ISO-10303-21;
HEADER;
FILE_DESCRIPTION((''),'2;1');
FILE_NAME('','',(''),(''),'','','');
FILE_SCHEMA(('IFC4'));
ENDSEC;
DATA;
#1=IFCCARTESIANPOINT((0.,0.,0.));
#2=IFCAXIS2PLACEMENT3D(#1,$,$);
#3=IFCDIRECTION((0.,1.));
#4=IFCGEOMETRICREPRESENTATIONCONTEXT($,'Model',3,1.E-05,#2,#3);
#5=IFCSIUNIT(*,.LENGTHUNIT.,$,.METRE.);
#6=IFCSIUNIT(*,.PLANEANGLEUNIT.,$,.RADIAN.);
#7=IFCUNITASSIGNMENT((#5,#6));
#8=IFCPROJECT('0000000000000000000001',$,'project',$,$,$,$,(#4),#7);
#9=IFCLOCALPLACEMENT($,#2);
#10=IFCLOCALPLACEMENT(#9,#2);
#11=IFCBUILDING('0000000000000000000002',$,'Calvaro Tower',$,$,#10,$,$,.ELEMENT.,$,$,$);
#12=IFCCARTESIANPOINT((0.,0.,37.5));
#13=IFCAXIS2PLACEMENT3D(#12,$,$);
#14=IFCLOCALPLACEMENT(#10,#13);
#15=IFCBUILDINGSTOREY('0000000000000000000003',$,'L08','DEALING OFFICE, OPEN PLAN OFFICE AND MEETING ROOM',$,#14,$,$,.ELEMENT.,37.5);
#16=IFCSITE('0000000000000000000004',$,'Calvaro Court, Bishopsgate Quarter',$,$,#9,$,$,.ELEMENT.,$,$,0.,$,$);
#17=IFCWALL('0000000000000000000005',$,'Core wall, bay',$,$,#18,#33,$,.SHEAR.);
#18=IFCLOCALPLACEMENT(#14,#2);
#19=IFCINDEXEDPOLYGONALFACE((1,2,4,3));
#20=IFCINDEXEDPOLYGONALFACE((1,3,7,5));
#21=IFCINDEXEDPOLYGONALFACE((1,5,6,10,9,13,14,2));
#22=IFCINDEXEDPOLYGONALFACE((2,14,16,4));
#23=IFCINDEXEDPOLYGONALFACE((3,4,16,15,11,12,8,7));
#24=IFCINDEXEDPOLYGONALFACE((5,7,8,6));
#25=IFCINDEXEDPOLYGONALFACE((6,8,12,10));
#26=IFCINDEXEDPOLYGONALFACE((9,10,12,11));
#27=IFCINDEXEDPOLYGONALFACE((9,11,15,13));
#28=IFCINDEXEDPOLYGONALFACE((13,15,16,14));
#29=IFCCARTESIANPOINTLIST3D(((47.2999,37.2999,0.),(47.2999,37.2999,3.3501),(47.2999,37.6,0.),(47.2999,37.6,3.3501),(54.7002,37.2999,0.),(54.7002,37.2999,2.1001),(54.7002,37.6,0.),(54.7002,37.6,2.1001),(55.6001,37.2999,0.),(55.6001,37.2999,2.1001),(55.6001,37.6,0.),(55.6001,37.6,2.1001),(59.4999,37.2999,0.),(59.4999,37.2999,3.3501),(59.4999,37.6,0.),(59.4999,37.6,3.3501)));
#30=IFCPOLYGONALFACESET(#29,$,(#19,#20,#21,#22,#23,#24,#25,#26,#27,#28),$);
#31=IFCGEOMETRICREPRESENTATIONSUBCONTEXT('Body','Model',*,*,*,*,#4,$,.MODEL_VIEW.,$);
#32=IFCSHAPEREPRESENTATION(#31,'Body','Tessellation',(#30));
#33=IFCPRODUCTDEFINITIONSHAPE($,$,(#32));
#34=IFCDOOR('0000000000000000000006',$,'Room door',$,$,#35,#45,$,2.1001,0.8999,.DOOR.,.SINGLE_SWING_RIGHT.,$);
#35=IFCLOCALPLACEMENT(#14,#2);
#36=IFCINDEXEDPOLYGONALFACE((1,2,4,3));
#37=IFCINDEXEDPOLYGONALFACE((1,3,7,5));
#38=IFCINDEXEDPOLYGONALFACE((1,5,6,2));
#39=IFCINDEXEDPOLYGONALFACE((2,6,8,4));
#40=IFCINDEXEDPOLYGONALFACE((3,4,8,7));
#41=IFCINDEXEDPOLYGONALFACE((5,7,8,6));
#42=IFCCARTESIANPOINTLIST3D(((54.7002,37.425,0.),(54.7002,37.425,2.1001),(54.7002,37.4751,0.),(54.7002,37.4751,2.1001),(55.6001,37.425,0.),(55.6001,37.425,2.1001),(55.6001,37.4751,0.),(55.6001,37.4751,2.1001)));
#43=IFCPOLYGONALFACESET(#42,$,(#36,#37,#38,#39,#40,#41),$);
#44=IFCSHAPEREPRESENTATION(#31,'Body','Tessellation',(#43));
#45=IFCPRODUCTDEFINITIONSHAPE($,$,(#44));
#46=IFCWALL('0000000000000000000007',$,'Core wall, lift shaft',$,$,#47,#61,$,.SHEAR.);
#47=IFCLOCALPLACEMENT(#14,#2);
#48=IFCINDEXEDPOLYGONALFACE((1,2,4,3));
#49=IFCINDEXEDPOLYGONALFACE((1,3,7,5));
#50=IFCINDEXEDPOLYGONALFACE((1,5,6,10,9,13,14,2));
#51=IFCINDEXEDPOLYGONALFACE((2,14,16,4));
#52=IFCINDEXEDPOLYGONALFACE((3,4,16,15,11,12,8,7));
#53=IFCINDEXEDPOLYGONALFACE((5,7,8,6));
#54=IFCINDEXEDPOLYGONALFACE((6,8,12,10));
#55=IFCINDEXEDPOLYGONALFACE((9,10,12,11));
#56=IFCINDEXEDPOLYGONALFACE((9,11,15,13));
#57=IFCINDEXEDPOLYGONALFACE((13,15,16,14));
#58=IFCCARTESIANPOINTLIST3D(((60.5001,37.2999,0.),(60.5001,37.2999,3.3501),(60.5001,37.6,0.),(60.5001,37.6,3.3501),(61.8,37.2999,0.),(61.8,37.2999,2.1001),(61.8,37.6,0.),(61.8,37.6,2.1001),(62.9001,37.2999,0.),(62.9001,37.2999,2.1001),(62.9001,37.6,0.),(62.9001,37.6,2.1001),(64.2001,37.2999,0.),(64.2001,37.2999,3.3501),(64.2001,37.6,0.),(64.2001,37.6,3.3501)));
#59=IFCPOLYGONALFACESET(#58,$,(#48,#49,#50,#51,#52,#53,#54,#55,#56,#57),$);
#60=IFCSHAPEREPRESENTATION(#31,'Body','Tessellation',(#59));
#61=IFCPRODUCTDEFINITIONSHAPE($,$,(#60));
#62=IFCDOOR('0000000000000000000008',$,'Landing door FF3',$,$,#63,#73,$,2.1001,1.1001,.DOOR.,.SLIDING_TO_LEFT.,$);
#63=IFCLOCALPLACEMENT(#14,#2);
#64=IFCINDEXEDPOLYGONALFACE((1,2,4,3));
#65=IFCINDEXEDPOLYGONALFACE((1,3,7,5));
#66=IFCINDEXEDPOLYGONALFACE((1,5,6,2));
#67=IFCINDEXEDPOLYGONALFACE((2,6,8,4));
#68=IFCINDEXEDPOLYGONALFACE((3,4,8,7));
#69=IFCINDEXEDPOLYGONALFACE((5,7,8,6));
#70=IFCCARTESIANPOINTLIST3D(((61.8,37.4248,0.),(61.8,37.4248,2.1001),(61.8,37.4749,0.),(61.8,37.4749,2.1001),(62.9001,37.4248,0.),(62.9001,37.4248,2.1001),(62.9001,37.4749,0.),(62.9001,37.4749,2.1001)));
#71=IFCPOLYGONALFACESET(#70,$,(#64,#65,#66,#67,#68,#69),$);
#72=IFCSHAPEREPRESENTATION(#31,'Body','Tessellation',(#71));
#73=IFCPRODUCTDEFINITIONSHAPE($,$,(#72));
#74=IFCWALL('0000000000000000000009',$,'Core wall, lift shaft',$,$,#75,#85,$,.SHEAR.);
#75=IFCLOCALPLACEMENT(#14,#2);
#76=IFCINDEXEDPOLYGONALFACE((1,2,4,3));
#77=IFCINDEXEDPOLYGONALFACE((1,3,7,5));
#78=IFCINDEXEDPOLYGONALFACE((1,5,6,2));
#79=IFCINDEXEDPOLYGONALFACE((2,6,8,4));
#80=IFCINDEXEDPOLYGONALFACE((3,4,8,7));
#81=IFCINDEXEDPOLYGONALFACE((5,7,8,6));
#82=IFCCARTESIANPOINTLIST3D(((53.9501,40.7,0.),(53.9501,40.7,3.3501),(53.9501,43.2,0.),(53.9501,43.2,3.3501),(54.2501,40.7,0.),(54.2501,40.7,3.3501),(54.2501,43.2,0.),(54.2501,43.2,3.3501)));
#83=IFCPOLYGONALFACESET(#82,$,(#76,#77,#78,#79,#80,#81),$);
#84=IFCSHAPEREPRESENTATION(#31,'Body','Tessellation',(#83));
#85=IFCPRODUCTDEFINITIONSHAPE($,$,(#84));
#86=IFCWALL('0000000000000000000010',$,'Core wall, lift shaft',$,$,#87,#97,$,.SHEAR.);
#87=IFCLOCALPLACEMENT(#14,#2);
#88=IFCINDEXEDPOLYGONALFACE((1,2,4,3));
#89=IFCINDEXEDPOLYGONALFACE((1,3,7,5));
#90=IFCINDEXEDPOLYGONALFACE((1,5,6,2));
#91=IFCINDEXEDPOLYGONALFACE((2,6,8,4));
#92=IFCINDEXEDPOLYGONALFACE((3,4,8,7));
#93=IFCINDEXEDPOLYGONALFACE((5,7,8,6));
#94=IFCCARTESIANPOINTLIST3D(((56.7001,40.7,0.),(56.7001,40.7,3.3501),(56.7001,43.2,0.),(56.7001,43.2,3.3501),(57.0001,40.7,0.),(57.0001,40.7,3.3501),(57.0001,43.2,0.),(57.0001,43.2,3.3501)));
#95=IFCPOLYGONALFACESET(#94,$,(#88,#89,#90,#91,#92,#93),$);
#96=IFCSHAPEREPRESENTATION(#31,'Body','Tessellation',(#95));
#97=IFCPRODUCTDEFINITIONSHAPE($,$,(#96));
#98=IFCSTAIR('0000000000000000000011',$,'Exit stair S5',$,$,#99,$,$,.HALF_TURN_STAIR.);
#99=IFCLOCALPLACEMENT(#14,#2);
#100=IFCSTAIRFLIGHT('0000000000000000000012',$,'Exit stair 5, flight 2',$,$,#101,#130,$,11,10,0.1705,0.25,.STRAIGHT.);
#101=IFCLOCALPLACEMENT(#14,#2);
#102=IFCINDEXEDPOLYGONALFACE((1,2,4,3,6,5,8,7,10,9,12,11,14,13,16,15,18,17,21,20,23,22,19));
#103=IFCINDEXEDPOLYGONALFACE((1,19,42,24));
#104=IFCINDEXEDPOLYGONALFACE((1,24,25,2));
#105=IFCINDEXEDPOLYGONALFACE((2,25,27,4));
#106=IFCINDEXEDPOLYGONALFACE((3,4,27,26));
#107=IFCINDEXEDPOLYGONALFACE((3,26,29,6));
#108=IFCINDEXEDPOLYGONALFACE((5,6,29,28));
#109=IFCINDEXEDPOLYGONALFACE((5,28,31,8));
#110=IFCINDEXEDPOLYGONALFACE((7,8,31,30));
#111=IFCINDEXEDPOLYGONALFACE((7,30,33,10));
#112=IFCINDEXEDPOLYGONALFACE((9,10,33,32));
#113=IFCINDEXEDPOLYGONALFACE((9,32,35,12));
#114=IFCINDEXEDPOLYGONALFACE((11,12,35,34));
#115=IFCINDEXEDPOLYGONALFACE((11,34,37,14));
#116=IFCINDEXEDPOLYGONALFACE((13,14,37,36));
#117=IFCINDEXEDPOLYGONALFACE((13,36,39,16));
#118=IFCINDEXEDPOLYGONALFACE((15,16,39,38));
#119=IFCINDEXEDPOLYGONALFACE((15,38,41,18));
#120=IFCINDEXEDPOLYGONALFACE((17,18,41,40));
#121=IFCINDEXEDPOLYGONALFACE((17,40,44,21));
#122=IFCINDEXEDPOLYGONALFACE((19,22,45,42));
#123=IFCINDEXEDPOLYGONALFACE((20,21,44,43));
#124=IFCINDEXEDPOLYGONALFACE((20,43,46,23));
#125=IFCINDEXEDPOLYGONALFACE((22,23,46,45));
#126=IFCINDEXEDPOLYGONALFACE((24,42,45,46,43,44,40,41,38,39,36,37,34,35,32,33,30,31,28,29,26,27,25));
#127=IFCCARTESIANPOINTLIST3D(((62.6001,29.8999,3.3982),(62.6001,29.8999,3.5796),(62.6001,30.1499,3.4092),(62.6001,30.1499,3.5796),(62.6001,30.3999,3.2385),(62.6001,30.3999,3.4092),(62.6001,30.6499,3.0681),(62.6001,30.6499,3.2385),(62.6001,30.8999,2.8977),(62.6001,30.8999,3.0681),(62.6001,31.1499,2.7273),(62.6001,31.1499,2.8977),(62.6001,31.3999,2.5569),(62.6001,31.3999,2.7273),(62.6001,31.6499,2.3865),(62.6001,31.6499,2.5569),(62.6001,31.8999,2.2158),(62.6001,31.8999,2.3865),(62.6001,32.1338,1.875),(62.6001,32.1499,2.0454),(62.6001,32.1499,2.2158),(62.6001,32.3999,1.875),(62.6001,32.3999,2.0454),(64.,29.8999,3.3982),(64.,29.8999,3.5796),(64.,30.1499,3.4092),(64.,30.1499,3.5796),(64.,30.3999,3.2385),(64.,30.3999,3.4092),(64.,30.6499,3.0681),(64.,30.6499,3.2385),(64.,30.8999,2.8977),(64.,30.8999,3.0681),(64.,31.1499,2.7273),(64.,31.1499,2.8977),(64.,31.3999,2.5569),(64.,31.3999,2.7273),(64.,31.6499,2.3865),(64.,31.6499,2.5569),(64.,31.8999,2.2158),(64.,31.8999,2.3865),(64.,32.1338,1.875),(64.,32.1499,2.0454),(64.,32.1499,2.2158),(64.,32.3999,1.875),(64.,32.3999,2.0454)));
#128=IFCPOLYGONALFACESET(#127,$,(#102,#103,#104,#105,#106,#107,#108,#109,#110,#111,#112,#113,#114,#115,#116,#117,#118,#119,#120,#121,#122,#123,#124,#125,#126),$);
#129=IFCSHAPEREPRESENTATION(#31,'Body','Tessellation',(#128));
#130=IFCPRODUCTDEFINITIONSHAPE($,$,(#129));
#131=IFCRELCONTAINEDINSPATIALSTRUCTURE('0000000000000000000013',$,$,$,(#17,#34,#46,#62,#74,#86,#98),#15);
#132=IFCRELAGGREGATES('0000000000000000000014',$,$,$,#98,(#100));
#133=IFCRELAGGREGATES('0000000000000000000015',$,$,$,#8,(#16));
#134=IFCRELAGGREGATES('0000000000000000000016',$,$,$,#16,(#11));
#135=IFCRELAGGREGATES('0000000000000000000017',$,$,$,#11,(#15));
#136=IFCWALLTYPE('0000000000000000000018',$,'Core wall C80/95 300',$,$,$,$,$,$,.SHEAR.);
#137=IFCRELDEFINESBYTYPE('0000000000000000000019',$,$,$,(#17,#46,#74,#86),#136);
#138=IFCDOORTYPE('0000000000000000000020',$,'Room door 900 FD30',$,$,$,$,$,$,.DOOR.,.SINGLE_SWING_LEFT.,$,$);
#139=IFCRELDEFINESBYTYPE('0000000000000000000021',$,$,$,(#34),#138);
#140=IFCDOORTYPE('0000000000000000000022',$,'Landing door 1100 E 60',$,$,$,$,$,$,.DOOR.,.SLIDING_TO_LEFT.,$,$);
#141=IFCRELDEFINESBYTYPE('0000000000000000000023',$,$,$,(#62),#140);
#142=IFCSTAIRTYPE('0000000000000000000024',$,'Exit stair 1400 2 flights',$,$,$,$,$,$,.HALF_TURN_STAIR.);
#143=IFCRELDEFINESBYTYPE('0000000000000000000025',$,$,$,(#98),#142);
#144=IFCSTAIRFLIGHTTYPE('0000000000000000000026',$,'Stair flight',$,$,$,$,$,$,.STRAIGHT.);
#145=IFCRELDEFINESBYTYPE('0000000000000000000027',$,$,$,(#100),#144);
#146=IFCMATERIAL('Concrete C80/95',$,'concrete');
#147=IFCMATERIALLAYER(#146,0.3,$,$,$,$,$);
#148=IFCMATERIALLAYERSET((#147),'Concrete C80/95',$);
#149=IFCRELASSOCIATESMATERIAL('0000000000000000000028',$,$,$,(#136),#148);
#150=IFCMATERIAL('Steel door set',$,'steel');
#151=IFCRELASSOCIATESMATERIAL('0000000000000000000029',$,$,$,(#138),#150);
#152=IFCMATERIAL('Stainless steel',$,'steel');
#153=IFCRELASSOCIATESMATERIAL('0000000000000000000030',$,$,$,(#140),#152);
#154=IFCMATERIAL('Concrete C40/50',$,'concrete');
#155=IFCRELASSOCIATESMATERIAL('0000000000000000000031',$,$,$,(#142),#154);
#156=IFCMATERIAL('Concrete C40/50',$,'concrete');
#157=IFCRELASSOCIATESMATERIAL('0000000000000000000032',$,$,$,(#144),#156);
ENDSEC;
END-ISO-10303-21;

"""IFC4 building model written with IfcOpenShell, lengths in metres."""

from ifc_helpers import new_model, si_unit, direction, frame, frame_2d, origin, place, context, subcontext, project, spatial, polyline, rectangle, outline, extrude, material, layer, layer_set, type_object, element, fill, aggregate, save


model = new_model("IFC4")

# Units and contexts
model_context = context("Model", 3, precision=1e-05, world=origin(), true_north=direction((0.0, 1.0)))
body_context = subcontext(model_context, "Body", "Model", "MODEL_VIEW")
ifc_project = project(units=[si_unit("LENGTHUNIT", "METRE"), si_unit("PLANEANGLEUNIT", "RADIAN")], contexts=[model_context])

# Site, building, storey
site_placement = place(None, origin())
site = spatial("IfcSite", under=ifc_project, at=site_placement, Name="Calvaro Court, Bishopsgate Quarter", CompositionType="ELEMENT", RefElevation=0.0)
building_placement = place(site_placement, origin())
building = spatial("IfcBuilding", under=site, at=building_placement, Name="Calvaro Tower", CompositionType="ELEMENT")
storey_placement = place(building_placement, frame((0.0, 0.0, 37.5)))
storey = spatial("IfcBuildingStorey", under=building, at=storey_placement, Name="L08", Description="DEALING OFFICE, OPEN PLAN OFFICE AND MEETING ROOM", CompositionType="ELEMENT", Elevation=37.5)

# Shared definitions
ifc_material_1 = material(Name="Concrete C80/95", Category="concrete")
ifc_layer_1 = layer(ifc_material_1, 0.3)
ifc_layer_set_1 = layer_set([ifc_layer_1], Name="Concrete C80/95")
wall_type_1 = type_object("IfcWallType", Name="Core wall C80/95 300", PredefinedType="SHEAR", material=ifc_layer_set_1)

# Walls, openings, doors
wall_1_placement = place(storey_placement, frame((59.5, 37.45, 0.0), z_axis=(0.0, 0.0, 1.0), x_axis=(-1.0, 0.0, 0.0)))
wall_1 = element("IfcWall", 1, at=wall_1_placement, inside=storey, type_object=wall_type_1, Name="Core wall, bay", PredefinedType="SHEAR", context=body_context, shape_type="SweptSolid", body=[
    extrude(rectangle(XDim=12.2, YDim=0.3, at=frame_2d((6.1001, 0.0))), origin(), (0.0, 0.0, 1.0), 3.3501),
])
opening_1_placement = place(wall_1_placement, frame((3.8999, 0.0, 0.0)))
opening_1 = element("IfcOpeningElement", 2, at=opening_1_placement, cuts=wall_1, PredefinedType="OPENING", context=body_context, shape_type="SweptSolid", body=[
    extrude(rectangle(XDim=0.8999, YDim=2.1001, at=frame_2d((0.45, 1.05))), frame((0.0, 0.1599, 0.0), z_axis=(0.0, -1.0, 0.0), x_axis=(1.0, 0.0, 0.0)), (0.0, 0.0, 1.0), 0.3201),
])
ifc_material_2 = material(Name="Steel door set", Category="steel")
door_type_1 = type_object("IfcDoorType", Name="Room door 900 FD30", OperationType="SINGLE_SWING_LEFT", PredefinedType="DOOR", material=ifc_material_2)
door_1_placement = place(opening_1_placement, origin())
door_1 = element("IfcDoor", 3, at=door_1_placement, inside=storey, type_object=door_type_1, Name="Room door", OperationType="SINGLE_SWING_RIGHT", OverallHeight=2.1001, OverallWidth=0.8999, PredefinedType="DOOR", context=body_context, shape_type="SweptSolid", body=[
    extrude(rectangle(XDim=0.8999, YDim=2.1001, at=frame_2d((0.45, 1.05))), frame((0.0, 0.0249, 0.0), z_axis=(0.0, -1.0, 0.0), x_axis=(1.0, 0.0, 0.0)), (0.0, 0.0, 1.0), 0.05),
])
fill(opening_1, door_1)
wall_2_placement = place(storey_placement, frame((60.5, 37.45, 0.0), z_axis=(0.0, 0.0, 1.0), x_axis=(1.0, 0.0, 0.0)))
wall_2 = element("IfcWall", 4, at=wall_2_placement, inside=storey, type_object=wall_type_1, Name="Core wall, lift shaft", PredefinedType="SHEAR", context=body_context, shape_type="SweptSolid", body=[
    extrude(rectangle(XDim=3.7, YDim=0.3, at=frame_2d((1.8501, 0.0))), origin(), (0.0, 0.0, 1.0), 3.3501),
])
opening_2_placement = place(wall_2_placement, frame((1.3, 0.0, 0.0)))
opening_2 = element("IfcOpeningElement", 5, at=opening_2_placement, cuts=wall_2, PredefinedType="OPENING", context=body_context, shape_type="SweptSolid", body=[
    extrude(rectangle(XDim=1.1001, YDim=2.1001, at=frame_2d((0.55, 1.05))), frame((0.0, 0.1599, 0.0), z_axis=(0.0, -1.0, 0.0), x_axis=(1.0, 0.0, 0.0)), (0.0, 0.0, 1.0), 0.3201),
])
ifc_material_3 = material(Name="Stainless steel", Category="steel")
door_type_2 = type_object("IfcDoorType", Name="Landing door 1100 E 60", OperationType="SLIDING_TO_LEFT", PredefinedType="DOOR", material=ifc_material_3)
door_2_placement = place(opening_2_placement, origin())
door_2 = element("IfcDoor", 6, at=door_2_placement, inside=storey, type_object=door_type_2, Name="Landing door FF3", OperationType="SLIDING_TO_LEFT", OverallHeight=2.1001, OverallWidth=1.1001, PredefinedType="DOOR", context=body_context, shape_type="SweptSolid", body=[
    extrude(rectangle(XDim=1.1001, YDim=2.1001, at=frame_2d((0.55, 1.05))), frame((0.0, 0.0249, 0.0), z_axis=(0.0, -1.0, 0.0), x_axis=(1.0, 0.0, 0.0)), (0.0, 0.0, 1.0), 0.05),
])
fill(opening_2, door_2)

# Walls
for number, where, z_axis, x_axis, name in (
    (7, (54.1001, 40.7, 0.0), (0.0, 0.0, 1.0), (0.0, 1.0, 0.0), "Core wall, lift shaft"),
    (8, (56.8501, 40.7, 0.0), (0.0, 0.0, 1.0), (0.0, 1.0, 0.0), "Core wall, lift shaft"),
):
    element("IfcWall", number, at=place(storey_placement, frame(where, z_axis=z_axis, x_axis=x_axis)), inside=storey, type_object=wall_type_1, Name=name, PredefinedType="SHEAR", context=body_context, shape_type="SweptSolid", body=[
        extrude(rectangle(XDim=2.5, YDim=0.3, at=frame_2d((1.25, 0.0))), origin(), (0.0, 0.0, 1.0), 3.3501),
    ])

# Stair, stair flight
ifc_material_4 = material(Name="Concrete C40/50", Category="concrete")
stair_type = type_object("IfcStairType", Name="Exit stair 1400 2 flights", PredefinedType="HALF_TURN_STAIR", material=ifc_material_4)
stair_1_placement = place(storey_placement, origin())
stair_1 = element("IfcStair", 9, at=stair_1_placement, inside=storey, type_object=stair_type, Name="Exit stair S5", PredefinedType="HALF_TURN_STAIR")
ifc_material_5 = material(Name="Concrete C40/50", Category="concrete")
stair_flight_type = type_object("IfcStairFlightType", Name="Stair flight", PredefinedType="STRAIGHT", material=ifc_material_5)
stair_flight_placement = place(storey_placement, frame((63.3, 32.3999, 1.875), z_axis=(0.0, 0.0, 1.0), x_axis=(0.0, -1.0, 0.0)))
stair_flight = element("IfcStairFlight", 10, at=stair_flight_placement, type_object=stair_flight_type, Name="Exit stair 5, flight 2", NumberOfRisers=11, NumberOfTreads=10, PredefinedType="STRAIGHT", RiserHeight=0.1705, TreadLength=0.25, context=body_context, shape_type="SweptSolid", body=[
    extrude(outline(polyline([(0.0, 0.0), (0.0, 0.1704), (0.25, 0.1704), (0.25, 0.3408), (0.5, 0.3408), (0.5, 0.5115), (0.75, 0.5115), (0.75, 0.6819), (1.0, 0.6819), (1.0, 0.8523), (1.25, 0.8523), (1.25, 1.0227), (1.5, 1.0227), (1.5, 1.1931), (1.75, 1.1931), (1.75, 1.3635), (2.0, 1.3635), (2.0, 1.5342), (2.25, 1.5342), (2.25, 1.7046), (2.5, 1.7046), (2.5, 1.875), (2.5, 1.5232), (0.2661, 0.0), (0.0, 0.0)])), frame((0.0, 0.7, 0.0), z_axis=(0.0, -1.0, 0.0), x_axis=(1.0, 0.0, 0.0)), (0.0, 0.0, 1.0), 1.3999),
])

aggregate(stair_1, [stair_flight])

save(model, "model.ifc")
